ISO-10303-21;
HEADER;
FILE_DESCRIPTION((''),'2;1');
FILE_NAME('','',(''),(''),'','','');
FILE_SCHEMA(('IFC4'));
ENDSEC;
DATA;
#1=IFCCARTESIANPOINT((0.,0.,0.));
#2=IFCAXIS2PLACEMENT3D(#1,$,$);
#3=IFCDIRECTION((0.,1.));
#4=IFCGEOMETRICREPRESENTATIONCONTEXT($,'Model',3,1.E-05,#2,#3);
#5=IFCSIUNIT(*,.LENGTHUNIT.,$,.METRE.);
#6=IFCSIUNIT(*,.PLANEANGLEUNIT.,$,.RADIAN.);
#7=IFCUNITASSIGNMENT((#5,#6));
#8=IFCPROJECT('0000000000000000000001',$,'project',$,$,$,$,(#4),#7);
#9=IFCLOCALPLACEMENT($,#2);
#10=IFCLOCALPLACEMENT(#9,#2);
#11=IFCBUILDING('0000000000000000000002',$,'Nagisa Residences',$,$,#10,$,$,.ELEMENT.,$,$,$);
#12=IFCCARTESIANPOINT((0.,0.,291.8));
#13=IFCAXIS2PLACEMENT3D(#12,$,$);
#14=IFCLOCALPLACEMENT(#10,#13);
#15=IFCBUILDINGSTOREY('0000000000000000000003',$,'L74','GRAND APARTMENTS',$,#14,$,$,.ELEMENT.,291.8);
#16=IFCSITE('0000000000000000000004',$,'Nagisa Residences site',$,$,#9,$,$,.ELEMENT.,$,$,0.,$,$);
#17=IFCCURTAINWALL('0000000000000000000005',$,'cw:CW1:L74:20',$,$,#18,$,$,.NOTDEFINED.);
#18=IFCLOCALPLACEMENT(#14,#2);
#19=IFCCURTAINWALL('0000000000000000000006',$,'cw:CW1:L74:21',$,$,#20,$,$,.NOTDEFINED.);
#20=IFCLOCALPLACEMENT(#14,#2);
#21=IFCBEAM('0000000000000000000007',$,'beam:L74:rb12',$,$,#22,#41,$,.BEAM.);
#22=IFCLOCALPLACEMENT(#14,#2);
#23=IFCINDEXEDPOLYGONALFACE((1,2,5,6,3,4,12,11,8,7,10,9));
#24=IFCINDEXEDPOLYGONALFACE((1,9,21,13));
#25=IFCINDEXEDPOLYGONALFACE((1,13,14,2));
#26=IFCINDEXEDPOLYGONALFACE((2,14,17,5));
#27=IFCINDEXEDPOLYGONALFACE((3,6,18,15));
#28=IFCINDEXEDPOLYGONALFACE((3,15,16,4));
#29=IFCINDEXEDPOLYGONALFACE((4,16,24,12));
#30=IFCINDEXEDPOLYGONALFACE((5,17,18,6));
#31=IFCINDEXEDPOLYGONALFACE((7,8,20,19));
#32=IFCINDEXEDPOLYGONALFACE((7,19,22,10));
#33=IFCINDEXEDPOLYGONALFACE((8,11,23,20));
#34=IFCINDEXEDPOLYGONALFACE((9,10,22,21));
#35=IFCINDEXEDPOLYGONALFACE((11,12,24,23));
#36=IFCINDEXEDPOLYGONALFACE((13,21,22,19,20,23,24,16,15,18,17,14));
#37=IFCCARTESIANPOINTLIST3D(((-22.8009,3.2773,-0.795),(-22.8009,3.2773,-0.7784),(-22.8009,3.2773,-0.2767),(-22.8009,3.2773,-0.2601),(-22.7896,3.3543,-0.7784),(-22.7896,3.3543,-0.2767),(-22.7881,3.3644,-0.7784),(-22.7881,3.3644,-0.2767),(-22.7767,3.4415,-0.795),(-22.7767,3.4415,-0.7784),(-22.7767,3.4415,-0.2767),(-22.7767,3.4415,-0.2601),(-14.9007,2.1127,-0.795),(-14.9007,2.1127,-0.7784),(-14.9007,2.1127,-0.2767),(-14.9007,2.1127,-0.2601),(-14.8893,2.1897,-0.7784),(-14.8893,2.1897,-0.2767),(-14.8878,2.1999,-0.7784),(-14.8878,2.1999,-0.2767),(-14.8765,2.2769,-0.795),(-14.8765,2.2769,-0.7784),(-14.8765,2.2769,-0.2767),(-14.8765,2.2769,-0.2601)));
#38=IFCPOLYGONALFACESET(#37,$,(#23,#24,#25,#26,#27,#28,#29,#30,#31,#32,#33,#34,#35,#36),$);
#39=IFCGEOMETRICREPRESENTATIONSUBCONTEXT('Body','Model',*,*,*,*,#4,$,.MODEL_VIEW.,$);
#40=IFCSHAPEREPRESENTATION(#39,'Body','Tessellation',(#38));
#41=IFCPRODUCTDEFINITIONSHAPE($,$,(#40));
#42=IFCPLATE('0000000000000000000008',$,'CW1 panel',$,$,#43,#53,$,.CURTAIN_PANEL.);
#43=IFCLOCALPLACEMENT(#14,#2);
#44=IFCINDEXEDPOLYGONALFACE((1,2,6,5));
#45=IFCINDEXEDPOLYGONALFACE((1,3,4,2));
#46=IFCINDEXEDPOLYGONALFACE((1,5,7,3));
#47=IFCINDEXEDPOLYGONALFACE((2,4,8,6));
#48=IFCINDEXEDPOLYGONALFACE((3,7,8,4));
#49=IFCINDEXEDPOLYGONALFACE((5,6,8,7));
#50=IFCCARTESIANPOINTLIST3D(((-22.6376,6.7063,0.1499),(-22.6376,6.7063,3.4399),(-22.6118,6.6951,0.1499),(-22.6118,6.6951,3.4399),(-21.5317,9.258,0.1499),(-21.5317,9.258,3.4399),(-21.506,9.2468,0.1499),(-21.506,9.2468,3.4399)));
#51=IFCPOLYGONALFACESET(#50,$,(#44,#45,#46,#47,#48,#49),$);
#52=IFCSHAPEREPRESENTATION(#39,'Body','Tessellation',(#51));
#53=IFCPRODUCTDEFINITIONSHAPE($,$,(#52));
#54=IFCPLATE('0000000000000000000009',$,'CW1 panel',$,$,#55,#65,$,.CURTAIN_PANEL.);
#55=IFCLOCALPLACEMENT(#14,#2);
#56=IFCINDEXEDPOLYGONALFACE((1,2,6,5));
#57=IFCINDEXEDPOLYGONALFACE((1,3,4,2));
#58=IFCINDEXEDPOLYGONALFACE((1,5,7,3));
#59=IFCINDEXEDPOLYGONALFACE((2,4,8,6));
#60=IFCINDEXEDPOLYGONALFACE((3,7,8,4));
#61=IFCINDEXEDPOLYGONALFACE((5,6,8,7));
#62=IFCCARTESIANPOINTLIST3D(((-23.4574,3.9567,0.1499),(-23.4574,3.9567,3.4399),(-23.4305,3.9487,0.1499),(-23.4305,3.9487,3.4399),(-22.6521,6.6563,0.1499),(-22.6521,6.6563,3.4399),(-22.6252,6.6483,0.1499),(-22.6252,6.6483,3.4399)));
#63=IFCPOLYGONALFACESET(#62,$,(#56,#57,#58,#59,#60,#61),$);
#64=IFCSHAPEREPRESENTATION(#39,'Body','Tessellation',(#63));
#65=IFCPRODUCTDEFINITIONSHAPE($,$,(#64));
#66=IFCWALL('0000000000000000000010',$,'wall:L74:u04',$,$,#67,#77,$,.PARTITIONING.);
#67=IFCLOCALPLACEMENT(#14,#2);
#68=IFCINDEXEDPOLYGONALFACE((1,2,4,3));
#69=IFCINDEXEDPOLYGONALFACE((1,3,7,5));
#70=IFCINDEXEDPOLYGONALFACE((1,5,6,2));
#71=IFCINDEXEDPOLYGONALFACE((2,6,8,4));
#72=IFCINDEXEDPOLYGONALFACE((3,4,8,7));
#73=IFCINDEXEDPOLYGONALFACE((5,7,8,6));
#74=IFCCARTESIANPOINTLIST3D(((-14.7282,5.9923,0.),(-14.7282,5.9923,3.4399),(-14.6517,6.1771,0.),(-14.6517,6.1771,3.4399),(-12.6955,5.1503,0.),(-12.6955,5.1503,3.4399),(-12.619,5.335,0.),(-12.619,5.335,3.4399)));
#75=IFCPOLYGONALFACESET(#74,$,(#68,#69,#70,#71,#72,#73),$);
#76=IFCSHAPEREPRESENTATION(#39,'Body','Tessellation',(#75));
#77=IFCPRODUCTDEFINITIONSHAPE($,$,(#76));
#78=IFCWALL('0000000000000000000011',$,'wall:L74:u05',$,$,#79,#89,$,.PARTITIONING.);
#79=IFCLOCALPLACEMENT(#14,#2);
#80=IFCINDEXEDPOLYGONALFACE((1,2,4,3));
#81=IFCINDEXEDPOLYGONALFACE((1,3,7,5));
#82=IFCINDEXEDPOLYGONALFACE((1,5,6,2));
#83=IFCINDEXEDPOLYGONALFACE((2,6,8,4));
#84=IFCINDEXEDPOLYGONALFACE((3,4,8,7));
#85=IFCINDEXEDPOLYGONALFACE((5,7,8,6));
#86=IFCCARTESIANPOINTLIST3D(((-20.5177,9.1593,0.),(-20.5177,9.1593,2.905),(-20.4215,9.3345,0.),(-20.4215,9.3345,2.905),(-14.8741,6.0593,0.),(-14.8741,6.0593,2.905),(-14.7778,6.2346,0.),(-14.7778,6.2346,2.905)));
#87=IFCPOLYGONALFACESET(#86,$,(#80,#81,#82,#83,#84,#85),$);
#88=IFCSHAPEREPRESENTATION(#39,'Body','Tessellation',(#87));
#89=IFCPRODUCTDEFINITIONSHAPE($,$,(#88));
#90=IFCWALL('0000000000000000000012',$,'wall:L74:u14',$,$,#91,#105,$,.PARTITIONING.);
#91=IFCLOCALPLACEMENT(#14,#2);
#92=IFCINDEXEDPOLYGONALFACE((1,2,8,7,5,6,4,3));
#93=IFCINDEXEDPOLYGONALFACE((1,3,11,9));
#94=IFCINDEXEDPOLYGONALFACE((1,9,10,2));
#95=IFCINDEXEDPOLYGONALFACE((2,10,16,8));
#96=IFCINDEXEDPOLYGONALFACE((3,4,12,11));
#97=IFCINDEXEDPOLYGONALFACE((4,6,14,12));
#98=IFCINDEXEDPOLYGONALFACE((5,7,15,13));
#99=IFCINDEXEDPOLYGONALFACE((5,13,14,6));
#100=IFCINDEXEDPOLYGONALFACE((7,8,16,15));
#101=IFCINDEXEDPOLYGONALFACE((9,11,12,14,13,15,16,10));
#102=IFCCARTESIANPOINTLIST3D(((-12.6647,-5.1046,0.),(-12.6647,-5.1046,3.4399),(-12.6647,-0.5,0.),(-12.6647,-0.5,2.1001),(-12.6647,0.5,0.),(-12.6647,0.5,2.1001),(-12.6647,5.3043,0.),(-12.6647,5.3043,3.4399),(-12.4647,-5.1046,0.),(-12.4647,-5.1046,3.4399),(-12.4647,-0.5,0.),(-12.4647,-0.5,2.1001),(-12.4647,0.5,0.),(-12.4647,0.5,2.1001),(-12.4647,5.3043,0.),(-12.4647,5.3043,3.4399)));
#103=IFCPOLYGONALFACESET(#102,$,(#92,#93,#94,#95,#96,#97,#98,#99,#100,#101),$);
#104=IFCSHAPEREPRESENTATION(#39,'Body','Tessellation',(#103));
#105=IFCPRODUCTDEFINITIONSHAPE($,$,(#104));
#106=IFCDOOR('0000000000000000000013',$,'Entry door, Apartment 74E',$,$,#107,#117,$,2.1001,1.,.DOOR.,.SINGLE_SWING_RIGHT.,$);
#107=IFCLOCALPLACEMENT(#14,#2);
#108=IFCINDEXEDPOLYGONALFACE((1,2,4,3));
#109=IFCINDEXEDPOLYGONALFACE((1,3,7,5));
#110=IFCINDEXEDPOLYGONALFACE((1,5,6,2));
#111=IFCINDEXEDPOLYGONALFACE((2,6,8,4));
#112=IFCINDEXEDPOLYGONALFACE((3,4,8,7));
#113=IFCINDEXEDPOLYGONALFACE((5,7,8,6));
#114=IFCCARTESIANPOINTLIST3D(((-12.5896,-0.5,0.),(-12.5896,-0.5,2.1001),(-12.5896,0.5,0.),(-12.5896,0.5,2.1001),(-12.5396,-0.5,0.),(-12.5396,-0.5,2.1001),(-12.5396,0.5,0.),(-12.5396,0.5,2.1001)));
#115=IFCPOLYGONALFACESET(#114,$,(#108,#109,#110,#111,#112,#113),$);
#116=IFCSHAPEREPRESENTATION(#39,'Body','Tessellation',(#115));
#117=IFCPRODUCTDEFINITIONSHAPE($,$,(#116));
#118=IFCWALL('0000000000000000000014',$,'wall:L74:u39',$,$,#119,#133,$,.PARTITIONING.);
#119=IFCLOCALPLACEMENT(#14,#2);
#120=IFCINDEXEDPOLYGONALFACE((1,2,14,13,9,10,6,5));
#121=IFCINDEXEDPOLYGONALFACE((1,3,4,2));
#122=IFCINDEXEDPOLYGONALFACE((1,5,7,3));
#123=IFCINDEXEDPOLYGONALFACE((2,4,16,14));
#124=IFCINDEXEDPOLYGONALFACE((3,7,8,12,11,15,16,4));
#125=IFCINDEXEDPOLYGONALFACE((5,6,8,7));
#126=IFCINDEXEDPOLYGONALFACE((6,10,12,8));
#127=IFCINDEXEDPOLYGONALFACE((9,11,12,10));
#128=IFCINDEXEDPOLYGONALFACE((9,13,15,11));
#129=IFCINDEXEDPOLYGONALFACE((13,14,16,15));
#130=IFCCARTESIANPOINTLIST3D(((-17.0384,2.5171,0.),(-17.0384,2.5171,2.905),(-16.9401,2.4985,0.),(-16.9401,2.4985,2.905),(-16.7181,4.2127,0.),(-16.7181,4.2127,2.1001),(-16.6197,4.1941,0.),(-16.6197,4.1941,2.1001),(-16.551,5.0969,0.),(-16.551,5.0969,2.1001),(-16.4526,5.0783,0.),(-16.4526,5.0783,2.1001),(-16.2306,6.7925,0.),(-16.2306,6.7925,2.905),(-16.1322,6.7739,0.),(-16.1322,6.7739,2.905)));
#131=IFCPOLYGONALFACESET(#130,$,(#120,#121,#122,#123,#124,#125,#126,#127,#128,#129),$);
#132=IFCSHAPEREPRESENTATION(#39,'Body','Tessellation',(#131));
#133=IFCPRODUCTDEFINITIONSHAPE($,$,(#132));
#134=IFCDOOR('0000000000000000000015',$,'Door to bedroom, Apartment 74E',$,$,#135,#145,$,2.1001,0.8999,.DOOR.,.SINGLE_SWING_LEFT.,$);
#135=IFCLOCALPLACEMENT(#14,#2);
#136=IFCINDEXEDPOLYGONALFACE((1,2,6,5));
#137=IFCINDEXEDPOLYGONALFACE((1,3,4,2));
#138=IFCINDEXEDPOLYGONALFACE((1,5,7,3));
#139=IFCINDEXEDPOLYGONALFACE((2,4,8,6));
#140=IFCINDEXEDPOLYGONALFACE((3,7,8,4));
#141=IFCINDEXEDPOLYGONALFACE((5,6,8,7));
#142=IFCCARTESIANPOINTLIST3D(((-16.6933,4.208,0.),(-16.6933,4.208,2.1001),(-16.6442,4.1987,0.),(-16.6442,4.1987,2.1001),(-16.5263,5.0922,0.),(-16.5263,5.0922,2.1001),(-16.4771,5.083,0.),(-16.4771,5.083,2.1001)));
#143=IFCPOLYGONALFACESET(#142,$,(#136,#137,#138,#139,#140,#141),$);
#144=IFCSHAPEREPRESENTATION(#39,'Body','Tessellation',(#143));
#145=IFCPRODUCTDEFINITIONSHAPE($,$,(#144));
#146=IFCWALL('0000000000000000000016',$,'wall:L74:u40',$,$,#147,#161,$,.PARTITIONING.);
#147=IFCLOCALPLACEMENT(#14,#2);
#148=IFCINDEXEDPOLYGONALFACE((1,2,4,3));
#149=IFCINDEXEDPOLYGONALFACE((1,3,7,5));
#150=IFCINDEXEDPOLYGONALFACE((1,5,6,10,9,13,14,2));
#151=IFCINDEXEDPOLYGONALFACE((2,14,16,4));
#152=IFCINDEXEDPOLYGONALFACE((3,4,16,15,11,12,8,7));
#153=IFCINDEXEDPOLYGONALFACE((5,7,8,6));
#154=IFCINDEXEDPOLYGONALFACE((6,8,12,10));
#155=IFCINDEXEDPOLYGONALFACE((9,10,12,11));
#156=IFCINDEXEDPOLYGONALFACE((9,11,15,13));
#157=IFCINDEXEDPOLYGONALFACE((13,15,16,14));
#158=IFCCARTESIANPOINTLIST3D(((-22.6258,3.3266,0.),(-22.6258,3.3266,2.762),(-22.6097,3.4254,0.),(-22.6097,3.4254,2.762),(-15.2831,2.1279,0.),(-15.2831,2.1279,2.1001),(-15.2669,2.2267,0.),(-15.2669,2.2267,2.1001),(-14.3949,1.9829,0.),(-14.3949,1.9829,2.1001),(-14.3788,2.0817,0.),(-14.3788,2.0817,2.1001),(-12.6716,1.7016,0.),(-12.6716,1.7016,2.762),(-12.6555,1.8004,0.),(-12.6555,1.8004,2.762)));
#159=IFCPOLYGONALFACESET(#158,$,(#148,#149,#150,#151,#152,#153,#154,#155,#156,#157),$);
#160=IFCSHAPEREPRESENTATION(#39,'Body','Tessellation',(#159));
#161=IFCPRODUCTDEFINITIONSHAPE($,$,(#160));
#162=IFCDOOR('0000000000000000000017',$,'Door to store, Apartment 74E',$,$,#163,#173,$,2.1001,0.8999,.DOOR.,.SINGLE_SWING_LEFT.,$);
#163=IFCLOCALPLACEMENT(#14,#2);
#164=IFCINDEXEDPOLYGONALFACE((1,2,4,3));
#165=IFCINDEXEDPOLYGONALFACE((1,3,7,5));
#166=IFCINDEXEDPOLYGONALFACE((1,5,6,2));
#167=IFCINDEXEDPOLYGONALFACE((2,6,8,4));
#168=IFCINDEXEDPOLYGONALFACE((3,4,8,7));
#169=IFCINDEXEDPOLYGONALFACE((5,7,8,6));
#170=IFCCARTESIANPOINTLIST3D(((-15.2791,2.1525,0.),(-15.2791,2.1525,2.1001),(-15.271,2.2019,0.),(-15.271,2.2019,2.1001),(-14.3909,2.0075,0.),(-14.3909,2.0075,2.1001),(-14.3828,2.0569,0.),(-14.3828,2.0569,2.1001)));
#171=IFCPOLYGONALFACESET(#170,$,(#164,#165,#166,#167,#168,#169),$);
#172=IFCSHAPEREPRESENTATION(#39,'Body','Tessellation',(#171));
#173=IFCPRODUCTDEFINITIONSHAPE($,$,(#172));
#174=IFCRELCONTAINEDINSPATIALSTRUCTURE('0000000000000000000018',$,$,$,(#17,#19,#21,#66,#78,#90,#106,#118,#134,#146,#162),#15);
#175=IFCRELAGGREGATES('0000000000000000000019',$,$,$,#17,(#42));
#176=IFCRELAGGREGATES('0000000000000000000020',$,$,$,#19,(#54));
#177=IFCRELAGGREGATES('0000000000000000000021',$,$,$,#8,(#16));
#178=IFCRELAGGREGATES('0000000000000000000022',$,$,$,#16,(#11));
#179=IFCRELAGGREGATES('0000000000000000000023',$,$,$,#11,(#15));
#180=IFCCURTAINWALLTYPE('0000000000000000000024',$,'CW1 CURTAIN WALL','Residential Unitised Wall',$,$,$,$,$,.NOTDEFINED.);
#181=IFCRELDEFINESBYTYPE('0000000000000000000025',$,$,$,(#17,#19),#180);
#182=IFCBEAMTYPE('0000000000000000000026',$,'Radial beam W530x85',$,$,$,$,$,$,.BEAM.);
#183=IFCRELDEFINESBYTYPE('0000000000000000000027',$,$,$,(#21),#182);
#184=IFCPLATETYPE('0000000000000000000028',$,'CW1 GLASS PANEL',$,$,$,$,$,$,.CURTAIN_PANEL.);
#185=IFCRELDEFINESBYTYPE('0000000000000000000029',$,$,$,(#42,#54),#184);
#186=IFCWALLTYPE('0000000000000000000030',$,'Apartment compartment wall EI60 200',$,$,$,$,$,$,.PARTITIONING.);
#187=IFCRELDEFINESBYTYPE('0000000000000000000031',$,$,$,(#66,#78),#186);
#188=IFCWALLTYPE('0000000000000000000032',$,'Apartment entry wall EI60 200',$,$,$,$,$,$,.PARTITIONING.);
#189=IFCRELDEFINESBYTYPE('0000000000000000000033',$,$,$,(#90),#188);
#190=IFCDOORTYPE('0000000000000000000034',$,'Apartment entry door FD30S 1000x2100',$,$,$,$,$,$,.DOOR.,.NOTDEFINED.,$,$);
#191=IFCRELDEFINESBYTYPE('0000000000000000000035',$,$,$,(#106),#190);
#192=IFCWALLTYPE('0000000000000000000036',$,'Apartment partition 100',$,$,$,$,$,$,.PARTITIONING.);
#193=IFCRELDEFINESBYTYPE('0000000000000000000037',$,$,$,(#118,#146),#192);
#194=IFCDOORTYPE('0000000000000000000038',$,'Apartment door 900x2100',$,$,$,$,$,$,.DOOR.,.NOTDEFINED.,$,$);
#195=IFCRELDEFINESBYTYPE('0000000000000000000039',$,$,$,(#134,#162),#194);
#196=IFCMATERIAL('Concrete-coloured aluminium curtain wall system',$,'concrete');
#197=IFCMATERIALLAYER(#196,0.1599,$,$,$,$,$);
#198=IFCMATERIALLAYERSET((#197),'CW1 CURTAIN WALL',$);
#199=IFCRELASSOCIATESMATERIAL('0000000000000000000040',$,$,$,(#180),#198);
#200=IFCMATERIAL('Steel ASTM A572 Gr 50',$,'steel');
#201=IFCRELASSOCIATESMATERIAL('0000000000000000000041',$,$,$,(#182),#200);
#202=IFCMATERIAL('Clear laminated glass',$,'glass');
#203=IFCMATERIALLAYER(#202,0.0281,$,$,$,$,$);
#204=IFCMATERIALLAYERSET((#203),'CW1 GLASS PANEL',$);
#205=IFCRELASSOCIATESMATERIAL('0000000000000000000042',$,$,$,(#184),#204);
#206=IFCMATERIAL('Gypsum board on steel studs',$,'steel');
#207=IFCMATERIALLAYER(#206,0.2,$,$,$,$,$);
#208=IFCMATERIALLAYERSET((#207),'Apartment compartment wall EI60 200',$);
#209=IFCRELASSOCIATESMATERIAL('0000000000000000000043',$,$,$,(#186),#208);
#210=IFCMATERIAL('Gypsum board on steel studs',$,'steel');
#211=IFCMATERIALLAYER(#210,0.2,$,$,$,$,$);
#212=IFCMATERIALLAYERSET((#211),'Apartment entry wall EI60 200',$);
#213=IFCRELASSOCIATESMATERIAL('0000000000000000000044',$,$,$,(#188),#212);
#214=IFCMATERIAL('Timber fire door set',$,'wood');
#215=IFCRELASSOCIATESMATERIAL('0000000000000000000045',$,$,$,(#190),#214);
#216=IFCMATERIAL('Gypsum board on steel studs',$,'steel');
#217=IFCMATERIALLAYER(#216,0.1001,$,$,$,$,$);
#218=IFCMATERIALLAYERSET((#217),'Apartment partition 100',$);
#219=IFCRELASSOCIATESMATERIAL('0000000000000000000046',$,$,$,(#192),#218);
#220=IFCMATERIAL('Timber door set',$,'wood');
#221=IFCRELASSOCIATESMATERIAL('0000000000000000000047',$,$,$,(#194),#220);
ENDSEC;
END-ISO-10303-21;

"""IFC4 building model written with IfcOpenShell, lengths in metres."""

from ifc_helpers import new_model, si_unit, direction, frame, frame_2d, origin, origin_2d, place, context, subcontext, project, spatial, rectangle, i_section, extrude, material, layer, layer_set, material_profile, profile_set, type_object, element, fill, aggregate, save


model = new_model("IFC4")

# Units and contexts
model_context = context("Model", 3, precision=1e-05, world=origin(), true_north=direction((0.0, 1.0)))
body_context = subcontext(model_context, "Body", "Model", "MODEL_VIEW")
ifc_project = project(units=[si_unit("LENGTHUNIT", "METRE"), si_unit("PLANEANGLEUNIT", "RADIAN")], contexts=[model_context])

# Site, building, storey
site_placement = place(None, origin())
site = spatial("IfcSite", under=ifc_project, at=site_placement, Name="Nagisa Residences site", CompositionType="ELEMENT", RefElevation=0.0)
building_placement = place(site_placement, origin())
building = spatial("IfcBuilding", under=site, at=building_placement, Name="Nagisa Residences", CompositionType="ELEMENT")
storey_placement = place(building_placement, frame((0.0, 0.0, 291.8)))
storey = spatial("IfcBuildingStorey", under=building, at=storey_placement, Name="L74", Description="GRAND APARTMENTS", CompositionType="ELEMENT", Elevation=291.8)

# Curtain walls
ifc_material_1 = material(Name="Concrete-coloured aluminium curtain wall system", Category="concrete")
ifc_layer_1 = layer(ifc_material_1, 0.1599)
ifc_layer_set_1 = layer_set([ifc_layer_1], Name="CW1 CURTAIN WALL")
curtain_wall_type = type_object("IfcCurtainWallType", Name="CW1 CURTAIN WALL", Description="Residential Unitised Wall", PredefinedType="NOTDEFINED", material=ifc_layer_set_1)
curtain_wall_1_placement = place(storey_placement, origin())
curtain_wall_1 = element("IfcCurtainWall", 1, at=curtain_wall_1_placement, inside=storey, type_object=curtain_wall_type, Name="cw:CW1:L74:20", PredefinedType="NOTDEFINED")
curtain_wall_2_placement = place(storey_placement, origin())
curtain_wall_2 = element("IfcCurtainWall", 2, at=curtain_wall_2_placement, inside=storey, type_object=curtain_wall_type, Name="cw:CW1:L74:21", PredefinedType="NOTDEFINED")

# Beam
ifc_material_2 = material(Name="Steel ASTM A572 Gr 50", Category="steel")
ifc_material_profile_1 = material_profile(ifc_material_2, i_section(OverallWidth=0.166, OverallDepth=0.5349, WebThickness=0.0103, FlangeThickness=0.0166, at=origin_2d()), Name="W530x85")
ifc_profile_set_1 = profile_set([ifc_material_profile_1], Name="Steel ASTM A572 Gr 50")
beam_type_1 = type_object("IfcBeamType", Name="Radial beam W530x85", PredefinedType="BEAM", material=ifc_profile_set_1)
beam_1_placement = place(storey_placement, frame((-22.7888, 3.3594, -0.5276), z_axis=(0.989309, -0.145833, 0.0), x_axis=(0.145833, 0.989309, 0.0)))
element("IfcBeam", 3, at=beam_1_placement, inside=storey, type_object=beam_type_1, Name="beam:L74:rb12", PredefinedType="BEAM", context=body_context, shape_type="SweptSolid", body=[
    extrude(i_section(OverallWidth=0.166, OverallDepth=0.5349, WebThickness=0.0103, FlangeThickness=0.0166, at=origin_2d()), origin(), (0.0, 0.0, 1.0), 7.9856),
])

# Plates
ifc_material_3 = material(Name="Clear laminated glass", Category="glass")
ifc_layer_2 = layer(ifc_material_3, 0.0281)
ifc_layer_set_2 = layer_set([ifc_layer_2], Name="CW1 GLASS PANEL")
plate_type = type_object("IfcPlateType", Name="CW1 GLASS PANEL", PredefinedType="CURTAIN_PANEL", material=ifc_layer_set_2)
plate_1_placement = place(storey_placement, frame((-22.0718, 7.9766, 0.1499), z_axis=(0.0, 0.0, 1.0), x_axis=(-0.397636, -0.917543, 0.0)))
plate_1 = element("IfcPlate", 4, at=plate_1_placement, type_object=plate_type, Name="CW1 panel", PredefinedType="CURTAIN_PANEL", context=body_context, shape_type="SweptSolid", body=[
    extrude(rectangle(XDim=2.781, YDim=0.0281, at=origin_2d()), origin(), (0.0, 0.0, 1.0), 3.29),
])
aggregate(curtain_wall_1, [plate_1])
plate_2_placement = place(storey_placement, frame((-23.0413, 5.3025, 0.1499), z_axis=(0.0, 0.0, 1.0), x_axis=(-0.28586, -0.958271, 0.0)))
plate_2 = element("IfcPlate", 5, at=plate_2_placement, type_object=plate_type, Name="CW1 panel", PredefinedType="CURTAIN_PANEL", context=body_context, shape_type="SweptSolid", body=[
    extrude(rectangle(XDim=2.8171, YDim=0.0281, at=origin_2d()), origin(), (0.0, 0.0, 1.0), 3.29),
])
aggregate(curtain_wall_2, [plate_2])

# Walls
ifc_material_4 = material(Name="Gypsum board on steel studs", Category="steel")
ifc_layer_3 = layer(ifc_material_4, 0.2)
ifc_layer_set_3 = layer_set([ifc_layer_3], Name="Apartment compartment wall EI60 200")
wall_type_1 = type_object("IfcWallType", Name="Apartment compartment wall EI60 200", PredefinedType="PARTITIONING", material=ifc_layer_set_3)
wall_1_placement = place(storey_placement, frame((-12.6572, 5.2427, 0.0), z_axis=(0.0, 0.0, 1.0), x_axis=(-0.923869, 0.382708, 0.0)))
element("IfcWall", 6, at=wall_1_placement, inside=storey, type_object=wall_type_1, Name="wall:L74:u04", PredefinedType="PARTITIONING", context=body_context, shape_type="SweptSolid", body=[
    extrude(rectangle(XDim=2.2002, YDim=0.2, at=frame_2d((1.1001, 0.0))), origin(), (0.0, 0.0, 1.0), 3.4399),
])
wall_2_placement = place(storey_placement, frame((-14.8259, 6.147, 0.0), z_axis=(0.0, 0.0, 1.0), x_axis=(-0.876485, 0.48143, 0.0)))
element("IfcWall", 7, at=wall_2_placement, inside=storey, type_object=wall_type_1, Name="wall:L74:u05", PredefinedType="PARTITIONING", context=body_context, shape_type="SweptSolid", body=[
    extrude(rectangle(XDim=6.439, YDim=0.2, at=frame_2d((3.2195, 0.0))), origin(), (0.0, 0.0, 1.0), 2.905),
])

# Walls, openings, doors
ifc_material_5 = material(Name="Gypsum board on steel studs", Category="steel")
ifc_layer_4 = layer(ifc_material_5, 0.2)
ifc_layer_set_4 = layer_set([ifc_layer_4], Name="Apartment entry wall EI60 200")
wall_type_2 = type_object("IfcWallType", Name="Apartment entry wall EI60 200", PredefinedType="PARTITIONING", material=ifc_layer_set_4)
wall_3_placement = place(storey_placement, frame((-12.5647, 5.3044, 0.0), z_axis=(0.0, 0.0, 1.0), x_axis=(0.0, -1.0, 0.0)))
wall_3 = element("IfcWall", 8, at=wall_3_placement, inside=storey, type_object=wall_type_2, Name="wall:L74:u14", PredefinedType="PARTITIONING", context=body_context, shape_type="SweptSolid", body=[
    extrude(rectangle(XDim=10.4089, YDim=0.2, at=frame_2d((5.2046, 0.0))), origin(), (0.0, 0.0, 1.0), 3.4399),
])
opening_1_placement = place(wall_3_placement, frame((4.8044, 0.0, 0.0)))
opening_1 = element("IfcOpeningElement", 9, at=opening_1_placement, cuts=wall_3, PredefinedType="OPENING", context=body_context, shape_type="SweptSolid", body=[
    extrude(rectangle(XDim=1.0, YDim=2.1001, at=frame_2d((0.5, 1.05))), frame((0.0, 0.1099, 0.0), z_axis=(0.0, -1.0, 0.0), x_axis=(1.0, 0.0, 0.0)), (0.0, 0.0, 1.0), 0.22),
])
ifc_material_6 = material(Name="Timber fire door set", Category="wood")
door_type_1 = type_object("IfcDoorType", Name="Apartment entry door FD30S 1000x2100", OperationType="NOTDEFINED", PredefinedType="DOOR", material=ifc_material_6)
door_1_placement = place(opening_1_placement, frame((1.0, 0.0, 0.0), x_axis=(-1.0, 0.0, 0.0)))
door_1 = element("IfcDoor", 10, at=door_1_placement, inside=storey, type_object=door_type_1, Name="Entry door, Apartment 74E", OperationType="SINGLE_SWING_RIGHT", OverallHeight=2.1001, OverallWidth=1.0, PredefinedType="DOOR", context=body_context, shape_type="SweptSolid", body=[
    extrude(rectangle(XDim=1.0, YDim=2.1001, at=frame_2d((0.5, 1.05))), frame((0.0, 0.0249, 0.0), z_axis=(0.0, -1.0, 0.0), x_axis=(1.0, 0.0, 0.0)), (0.0, 0.0, 1.0), 0.05),
])
fill(opening_1, door_1)
ifc_material_7 = material(Name="Gypsum board on steel studs", Category="steel")
ifc_layer_5 = layer(ifc_material_7, 0.1001)
ifc_layer_set_5 = layer_set([ifc_layer_5], Name="Apartment partition 100")
wall_type_3 = type_object("IfcWallType", Name="Apartment partition 100", PredefinedType="PARTITIONING", material=ifc_layer_set_5)
wall_4_placement = place(storey_placement, frame((-16.1814, 6.7832, 0.0), z_axis=(0.0, 0.0, 1.0), x_axis=(-0.185671, -0.982612, 0.0)))
wall_4 = element("IfcWall", 11, at=wall_4_placement, inside=storey, type_object=wall_type_3, Name="wall:L74:u39", PredefinedType="PARTITIONING", context=body_context, shape_type="SweptSolid", body=[
    extrude(rectangle(XDim=4.3511, YDim=0.1001, at=frame_2d((2.1755, 0.0))), origin(), (0.0, 0.0, 1.0), 2.905),
])
opening_2_placement = place(wall_4_placement, frame((1.7256, 0.0, 0.0)))
opening_2 = element("IfcOpeningElement", 12, at=opening_2_placement, cuts=wall_4, PredefinedType="OPENING", context=body_context, shape_type="SweptSolid", body=[
    extrude(rectangle(XDim=0.8999, YDim=2.1001, at=frame_2d((0.45, 1.05))), frame((0.0, 0.0601, 0.0), z_axis=(0.0, -1.0, 0.0), x_axis=(1.0, 0.0, 0.0)), (0.0, 0.0, 1.0), 0.1201),
])
ifc_material_8 = material(Name="Timber door set", Category="wood")
door_type_2 = type_object("IfcDoorType", Name="Apartment door 900x2100", OperationType="NOTDEFINED", PredefinedType="DOOR", material=ifc_material_8)
door_2_placement = place(opening_2_placement, frame((0.8999, 0.0, 0.0), x_axis=(-1.0, 0.0, 0.0)))
door_2 = element("IfcDoor", 13, at=door_2_placement, inside=storey, type_object=door_type_2, Name="Door to bedroom, Apartment 74E", OperationType="SINGLE_SWING_LEFT", OverallHeight=2.1001, OverallWidth=0.8999, PredefinedType="DOOR", context=body_context, shape_type="SweptSolid", body=[
    extrude(rectangle(XDim=0.8999, YDim=2.1001, at=frame_2d((0.45, 1.05))), frame((0.0, 0.0249, 0.0), z_axis=(0.0, -1.0, 0.0), x_axis=(1.0, 0.0, 0.0)), (0.0, 0.0, 1.0), 0.05),
])
fill(opening_2, door_2)
wall_5_placement = place(storey_placement, frame((-12.6636, 1.751, 0.0), z_axis=(0.0, 0.0, 1.0), x_axis=(-0.986935, 0.161117, 0.0)))
wall_5 = element("IfcWall", 14, at=wall_5_placement, inside=storey, type_object=wall_type_3, Name="wall:L74:u40", PredefinedType="PARTITIONING", context=body_context, shape_type="SweptSolid", body=[
    extrude(rectangle(XDim=10.0859, YDim=0.1001, at=frame_2d((5.043, 0.0))), origin(), (0.0, 0.0, 1.0), 2.762),
])
opening_3_placement = place(wall_5_placement, frame((1.7461, 0.0, 0.0)))
opening_3 = element("IfcOpeningElement", 15, at=opening_3_placement, cuts=wall_5, PredefinedType="OPENING", context=body_context, shape_type="SweptSolid", body=[
    extrude(rectangle(XDim=0.8999, YDim=2.1001, at=frame_2d((0.45, 1.05))), frame((0.0, 0.0601, 0.0), z_axis=(0.0, -1.0, 0.0), x_axis=(1.0, 0.0, 0.0)), (0.0, 0.0, 1.0), 0.1201),
])
door_3_placement = place(opening_3_placement, frame((0.8999, 0.0, 0.0), x_axis=(-1.0, 0.0, 0.0)))
door_3 = element("IfcDoor", 16, at=door_3_placement, inside=storey, type_object=door_type_2, Name="Door to store, Apartment 74E", OperationType="SINGLE_SWING_LEFT", OverallHeight=2.1001, OverallWidth=0.8999, PredefinedType="DOOR", context=body_context, shape_type="SweptSolid", body=[
    extrude(rectangle(XDim=0.8999, YDim=2.1001, at=frame_2d((0.45, 1.05))), frame((0.0, 0.0249, 0.0), z_axis=(0.0, -1.0, 0.0), x_axis=(1.0, 0.0, 0.0)), (0.0, 0.0, 1.0), 0.05),
])
fill(opening_3, door_3)

save(model, "model.ifc")
